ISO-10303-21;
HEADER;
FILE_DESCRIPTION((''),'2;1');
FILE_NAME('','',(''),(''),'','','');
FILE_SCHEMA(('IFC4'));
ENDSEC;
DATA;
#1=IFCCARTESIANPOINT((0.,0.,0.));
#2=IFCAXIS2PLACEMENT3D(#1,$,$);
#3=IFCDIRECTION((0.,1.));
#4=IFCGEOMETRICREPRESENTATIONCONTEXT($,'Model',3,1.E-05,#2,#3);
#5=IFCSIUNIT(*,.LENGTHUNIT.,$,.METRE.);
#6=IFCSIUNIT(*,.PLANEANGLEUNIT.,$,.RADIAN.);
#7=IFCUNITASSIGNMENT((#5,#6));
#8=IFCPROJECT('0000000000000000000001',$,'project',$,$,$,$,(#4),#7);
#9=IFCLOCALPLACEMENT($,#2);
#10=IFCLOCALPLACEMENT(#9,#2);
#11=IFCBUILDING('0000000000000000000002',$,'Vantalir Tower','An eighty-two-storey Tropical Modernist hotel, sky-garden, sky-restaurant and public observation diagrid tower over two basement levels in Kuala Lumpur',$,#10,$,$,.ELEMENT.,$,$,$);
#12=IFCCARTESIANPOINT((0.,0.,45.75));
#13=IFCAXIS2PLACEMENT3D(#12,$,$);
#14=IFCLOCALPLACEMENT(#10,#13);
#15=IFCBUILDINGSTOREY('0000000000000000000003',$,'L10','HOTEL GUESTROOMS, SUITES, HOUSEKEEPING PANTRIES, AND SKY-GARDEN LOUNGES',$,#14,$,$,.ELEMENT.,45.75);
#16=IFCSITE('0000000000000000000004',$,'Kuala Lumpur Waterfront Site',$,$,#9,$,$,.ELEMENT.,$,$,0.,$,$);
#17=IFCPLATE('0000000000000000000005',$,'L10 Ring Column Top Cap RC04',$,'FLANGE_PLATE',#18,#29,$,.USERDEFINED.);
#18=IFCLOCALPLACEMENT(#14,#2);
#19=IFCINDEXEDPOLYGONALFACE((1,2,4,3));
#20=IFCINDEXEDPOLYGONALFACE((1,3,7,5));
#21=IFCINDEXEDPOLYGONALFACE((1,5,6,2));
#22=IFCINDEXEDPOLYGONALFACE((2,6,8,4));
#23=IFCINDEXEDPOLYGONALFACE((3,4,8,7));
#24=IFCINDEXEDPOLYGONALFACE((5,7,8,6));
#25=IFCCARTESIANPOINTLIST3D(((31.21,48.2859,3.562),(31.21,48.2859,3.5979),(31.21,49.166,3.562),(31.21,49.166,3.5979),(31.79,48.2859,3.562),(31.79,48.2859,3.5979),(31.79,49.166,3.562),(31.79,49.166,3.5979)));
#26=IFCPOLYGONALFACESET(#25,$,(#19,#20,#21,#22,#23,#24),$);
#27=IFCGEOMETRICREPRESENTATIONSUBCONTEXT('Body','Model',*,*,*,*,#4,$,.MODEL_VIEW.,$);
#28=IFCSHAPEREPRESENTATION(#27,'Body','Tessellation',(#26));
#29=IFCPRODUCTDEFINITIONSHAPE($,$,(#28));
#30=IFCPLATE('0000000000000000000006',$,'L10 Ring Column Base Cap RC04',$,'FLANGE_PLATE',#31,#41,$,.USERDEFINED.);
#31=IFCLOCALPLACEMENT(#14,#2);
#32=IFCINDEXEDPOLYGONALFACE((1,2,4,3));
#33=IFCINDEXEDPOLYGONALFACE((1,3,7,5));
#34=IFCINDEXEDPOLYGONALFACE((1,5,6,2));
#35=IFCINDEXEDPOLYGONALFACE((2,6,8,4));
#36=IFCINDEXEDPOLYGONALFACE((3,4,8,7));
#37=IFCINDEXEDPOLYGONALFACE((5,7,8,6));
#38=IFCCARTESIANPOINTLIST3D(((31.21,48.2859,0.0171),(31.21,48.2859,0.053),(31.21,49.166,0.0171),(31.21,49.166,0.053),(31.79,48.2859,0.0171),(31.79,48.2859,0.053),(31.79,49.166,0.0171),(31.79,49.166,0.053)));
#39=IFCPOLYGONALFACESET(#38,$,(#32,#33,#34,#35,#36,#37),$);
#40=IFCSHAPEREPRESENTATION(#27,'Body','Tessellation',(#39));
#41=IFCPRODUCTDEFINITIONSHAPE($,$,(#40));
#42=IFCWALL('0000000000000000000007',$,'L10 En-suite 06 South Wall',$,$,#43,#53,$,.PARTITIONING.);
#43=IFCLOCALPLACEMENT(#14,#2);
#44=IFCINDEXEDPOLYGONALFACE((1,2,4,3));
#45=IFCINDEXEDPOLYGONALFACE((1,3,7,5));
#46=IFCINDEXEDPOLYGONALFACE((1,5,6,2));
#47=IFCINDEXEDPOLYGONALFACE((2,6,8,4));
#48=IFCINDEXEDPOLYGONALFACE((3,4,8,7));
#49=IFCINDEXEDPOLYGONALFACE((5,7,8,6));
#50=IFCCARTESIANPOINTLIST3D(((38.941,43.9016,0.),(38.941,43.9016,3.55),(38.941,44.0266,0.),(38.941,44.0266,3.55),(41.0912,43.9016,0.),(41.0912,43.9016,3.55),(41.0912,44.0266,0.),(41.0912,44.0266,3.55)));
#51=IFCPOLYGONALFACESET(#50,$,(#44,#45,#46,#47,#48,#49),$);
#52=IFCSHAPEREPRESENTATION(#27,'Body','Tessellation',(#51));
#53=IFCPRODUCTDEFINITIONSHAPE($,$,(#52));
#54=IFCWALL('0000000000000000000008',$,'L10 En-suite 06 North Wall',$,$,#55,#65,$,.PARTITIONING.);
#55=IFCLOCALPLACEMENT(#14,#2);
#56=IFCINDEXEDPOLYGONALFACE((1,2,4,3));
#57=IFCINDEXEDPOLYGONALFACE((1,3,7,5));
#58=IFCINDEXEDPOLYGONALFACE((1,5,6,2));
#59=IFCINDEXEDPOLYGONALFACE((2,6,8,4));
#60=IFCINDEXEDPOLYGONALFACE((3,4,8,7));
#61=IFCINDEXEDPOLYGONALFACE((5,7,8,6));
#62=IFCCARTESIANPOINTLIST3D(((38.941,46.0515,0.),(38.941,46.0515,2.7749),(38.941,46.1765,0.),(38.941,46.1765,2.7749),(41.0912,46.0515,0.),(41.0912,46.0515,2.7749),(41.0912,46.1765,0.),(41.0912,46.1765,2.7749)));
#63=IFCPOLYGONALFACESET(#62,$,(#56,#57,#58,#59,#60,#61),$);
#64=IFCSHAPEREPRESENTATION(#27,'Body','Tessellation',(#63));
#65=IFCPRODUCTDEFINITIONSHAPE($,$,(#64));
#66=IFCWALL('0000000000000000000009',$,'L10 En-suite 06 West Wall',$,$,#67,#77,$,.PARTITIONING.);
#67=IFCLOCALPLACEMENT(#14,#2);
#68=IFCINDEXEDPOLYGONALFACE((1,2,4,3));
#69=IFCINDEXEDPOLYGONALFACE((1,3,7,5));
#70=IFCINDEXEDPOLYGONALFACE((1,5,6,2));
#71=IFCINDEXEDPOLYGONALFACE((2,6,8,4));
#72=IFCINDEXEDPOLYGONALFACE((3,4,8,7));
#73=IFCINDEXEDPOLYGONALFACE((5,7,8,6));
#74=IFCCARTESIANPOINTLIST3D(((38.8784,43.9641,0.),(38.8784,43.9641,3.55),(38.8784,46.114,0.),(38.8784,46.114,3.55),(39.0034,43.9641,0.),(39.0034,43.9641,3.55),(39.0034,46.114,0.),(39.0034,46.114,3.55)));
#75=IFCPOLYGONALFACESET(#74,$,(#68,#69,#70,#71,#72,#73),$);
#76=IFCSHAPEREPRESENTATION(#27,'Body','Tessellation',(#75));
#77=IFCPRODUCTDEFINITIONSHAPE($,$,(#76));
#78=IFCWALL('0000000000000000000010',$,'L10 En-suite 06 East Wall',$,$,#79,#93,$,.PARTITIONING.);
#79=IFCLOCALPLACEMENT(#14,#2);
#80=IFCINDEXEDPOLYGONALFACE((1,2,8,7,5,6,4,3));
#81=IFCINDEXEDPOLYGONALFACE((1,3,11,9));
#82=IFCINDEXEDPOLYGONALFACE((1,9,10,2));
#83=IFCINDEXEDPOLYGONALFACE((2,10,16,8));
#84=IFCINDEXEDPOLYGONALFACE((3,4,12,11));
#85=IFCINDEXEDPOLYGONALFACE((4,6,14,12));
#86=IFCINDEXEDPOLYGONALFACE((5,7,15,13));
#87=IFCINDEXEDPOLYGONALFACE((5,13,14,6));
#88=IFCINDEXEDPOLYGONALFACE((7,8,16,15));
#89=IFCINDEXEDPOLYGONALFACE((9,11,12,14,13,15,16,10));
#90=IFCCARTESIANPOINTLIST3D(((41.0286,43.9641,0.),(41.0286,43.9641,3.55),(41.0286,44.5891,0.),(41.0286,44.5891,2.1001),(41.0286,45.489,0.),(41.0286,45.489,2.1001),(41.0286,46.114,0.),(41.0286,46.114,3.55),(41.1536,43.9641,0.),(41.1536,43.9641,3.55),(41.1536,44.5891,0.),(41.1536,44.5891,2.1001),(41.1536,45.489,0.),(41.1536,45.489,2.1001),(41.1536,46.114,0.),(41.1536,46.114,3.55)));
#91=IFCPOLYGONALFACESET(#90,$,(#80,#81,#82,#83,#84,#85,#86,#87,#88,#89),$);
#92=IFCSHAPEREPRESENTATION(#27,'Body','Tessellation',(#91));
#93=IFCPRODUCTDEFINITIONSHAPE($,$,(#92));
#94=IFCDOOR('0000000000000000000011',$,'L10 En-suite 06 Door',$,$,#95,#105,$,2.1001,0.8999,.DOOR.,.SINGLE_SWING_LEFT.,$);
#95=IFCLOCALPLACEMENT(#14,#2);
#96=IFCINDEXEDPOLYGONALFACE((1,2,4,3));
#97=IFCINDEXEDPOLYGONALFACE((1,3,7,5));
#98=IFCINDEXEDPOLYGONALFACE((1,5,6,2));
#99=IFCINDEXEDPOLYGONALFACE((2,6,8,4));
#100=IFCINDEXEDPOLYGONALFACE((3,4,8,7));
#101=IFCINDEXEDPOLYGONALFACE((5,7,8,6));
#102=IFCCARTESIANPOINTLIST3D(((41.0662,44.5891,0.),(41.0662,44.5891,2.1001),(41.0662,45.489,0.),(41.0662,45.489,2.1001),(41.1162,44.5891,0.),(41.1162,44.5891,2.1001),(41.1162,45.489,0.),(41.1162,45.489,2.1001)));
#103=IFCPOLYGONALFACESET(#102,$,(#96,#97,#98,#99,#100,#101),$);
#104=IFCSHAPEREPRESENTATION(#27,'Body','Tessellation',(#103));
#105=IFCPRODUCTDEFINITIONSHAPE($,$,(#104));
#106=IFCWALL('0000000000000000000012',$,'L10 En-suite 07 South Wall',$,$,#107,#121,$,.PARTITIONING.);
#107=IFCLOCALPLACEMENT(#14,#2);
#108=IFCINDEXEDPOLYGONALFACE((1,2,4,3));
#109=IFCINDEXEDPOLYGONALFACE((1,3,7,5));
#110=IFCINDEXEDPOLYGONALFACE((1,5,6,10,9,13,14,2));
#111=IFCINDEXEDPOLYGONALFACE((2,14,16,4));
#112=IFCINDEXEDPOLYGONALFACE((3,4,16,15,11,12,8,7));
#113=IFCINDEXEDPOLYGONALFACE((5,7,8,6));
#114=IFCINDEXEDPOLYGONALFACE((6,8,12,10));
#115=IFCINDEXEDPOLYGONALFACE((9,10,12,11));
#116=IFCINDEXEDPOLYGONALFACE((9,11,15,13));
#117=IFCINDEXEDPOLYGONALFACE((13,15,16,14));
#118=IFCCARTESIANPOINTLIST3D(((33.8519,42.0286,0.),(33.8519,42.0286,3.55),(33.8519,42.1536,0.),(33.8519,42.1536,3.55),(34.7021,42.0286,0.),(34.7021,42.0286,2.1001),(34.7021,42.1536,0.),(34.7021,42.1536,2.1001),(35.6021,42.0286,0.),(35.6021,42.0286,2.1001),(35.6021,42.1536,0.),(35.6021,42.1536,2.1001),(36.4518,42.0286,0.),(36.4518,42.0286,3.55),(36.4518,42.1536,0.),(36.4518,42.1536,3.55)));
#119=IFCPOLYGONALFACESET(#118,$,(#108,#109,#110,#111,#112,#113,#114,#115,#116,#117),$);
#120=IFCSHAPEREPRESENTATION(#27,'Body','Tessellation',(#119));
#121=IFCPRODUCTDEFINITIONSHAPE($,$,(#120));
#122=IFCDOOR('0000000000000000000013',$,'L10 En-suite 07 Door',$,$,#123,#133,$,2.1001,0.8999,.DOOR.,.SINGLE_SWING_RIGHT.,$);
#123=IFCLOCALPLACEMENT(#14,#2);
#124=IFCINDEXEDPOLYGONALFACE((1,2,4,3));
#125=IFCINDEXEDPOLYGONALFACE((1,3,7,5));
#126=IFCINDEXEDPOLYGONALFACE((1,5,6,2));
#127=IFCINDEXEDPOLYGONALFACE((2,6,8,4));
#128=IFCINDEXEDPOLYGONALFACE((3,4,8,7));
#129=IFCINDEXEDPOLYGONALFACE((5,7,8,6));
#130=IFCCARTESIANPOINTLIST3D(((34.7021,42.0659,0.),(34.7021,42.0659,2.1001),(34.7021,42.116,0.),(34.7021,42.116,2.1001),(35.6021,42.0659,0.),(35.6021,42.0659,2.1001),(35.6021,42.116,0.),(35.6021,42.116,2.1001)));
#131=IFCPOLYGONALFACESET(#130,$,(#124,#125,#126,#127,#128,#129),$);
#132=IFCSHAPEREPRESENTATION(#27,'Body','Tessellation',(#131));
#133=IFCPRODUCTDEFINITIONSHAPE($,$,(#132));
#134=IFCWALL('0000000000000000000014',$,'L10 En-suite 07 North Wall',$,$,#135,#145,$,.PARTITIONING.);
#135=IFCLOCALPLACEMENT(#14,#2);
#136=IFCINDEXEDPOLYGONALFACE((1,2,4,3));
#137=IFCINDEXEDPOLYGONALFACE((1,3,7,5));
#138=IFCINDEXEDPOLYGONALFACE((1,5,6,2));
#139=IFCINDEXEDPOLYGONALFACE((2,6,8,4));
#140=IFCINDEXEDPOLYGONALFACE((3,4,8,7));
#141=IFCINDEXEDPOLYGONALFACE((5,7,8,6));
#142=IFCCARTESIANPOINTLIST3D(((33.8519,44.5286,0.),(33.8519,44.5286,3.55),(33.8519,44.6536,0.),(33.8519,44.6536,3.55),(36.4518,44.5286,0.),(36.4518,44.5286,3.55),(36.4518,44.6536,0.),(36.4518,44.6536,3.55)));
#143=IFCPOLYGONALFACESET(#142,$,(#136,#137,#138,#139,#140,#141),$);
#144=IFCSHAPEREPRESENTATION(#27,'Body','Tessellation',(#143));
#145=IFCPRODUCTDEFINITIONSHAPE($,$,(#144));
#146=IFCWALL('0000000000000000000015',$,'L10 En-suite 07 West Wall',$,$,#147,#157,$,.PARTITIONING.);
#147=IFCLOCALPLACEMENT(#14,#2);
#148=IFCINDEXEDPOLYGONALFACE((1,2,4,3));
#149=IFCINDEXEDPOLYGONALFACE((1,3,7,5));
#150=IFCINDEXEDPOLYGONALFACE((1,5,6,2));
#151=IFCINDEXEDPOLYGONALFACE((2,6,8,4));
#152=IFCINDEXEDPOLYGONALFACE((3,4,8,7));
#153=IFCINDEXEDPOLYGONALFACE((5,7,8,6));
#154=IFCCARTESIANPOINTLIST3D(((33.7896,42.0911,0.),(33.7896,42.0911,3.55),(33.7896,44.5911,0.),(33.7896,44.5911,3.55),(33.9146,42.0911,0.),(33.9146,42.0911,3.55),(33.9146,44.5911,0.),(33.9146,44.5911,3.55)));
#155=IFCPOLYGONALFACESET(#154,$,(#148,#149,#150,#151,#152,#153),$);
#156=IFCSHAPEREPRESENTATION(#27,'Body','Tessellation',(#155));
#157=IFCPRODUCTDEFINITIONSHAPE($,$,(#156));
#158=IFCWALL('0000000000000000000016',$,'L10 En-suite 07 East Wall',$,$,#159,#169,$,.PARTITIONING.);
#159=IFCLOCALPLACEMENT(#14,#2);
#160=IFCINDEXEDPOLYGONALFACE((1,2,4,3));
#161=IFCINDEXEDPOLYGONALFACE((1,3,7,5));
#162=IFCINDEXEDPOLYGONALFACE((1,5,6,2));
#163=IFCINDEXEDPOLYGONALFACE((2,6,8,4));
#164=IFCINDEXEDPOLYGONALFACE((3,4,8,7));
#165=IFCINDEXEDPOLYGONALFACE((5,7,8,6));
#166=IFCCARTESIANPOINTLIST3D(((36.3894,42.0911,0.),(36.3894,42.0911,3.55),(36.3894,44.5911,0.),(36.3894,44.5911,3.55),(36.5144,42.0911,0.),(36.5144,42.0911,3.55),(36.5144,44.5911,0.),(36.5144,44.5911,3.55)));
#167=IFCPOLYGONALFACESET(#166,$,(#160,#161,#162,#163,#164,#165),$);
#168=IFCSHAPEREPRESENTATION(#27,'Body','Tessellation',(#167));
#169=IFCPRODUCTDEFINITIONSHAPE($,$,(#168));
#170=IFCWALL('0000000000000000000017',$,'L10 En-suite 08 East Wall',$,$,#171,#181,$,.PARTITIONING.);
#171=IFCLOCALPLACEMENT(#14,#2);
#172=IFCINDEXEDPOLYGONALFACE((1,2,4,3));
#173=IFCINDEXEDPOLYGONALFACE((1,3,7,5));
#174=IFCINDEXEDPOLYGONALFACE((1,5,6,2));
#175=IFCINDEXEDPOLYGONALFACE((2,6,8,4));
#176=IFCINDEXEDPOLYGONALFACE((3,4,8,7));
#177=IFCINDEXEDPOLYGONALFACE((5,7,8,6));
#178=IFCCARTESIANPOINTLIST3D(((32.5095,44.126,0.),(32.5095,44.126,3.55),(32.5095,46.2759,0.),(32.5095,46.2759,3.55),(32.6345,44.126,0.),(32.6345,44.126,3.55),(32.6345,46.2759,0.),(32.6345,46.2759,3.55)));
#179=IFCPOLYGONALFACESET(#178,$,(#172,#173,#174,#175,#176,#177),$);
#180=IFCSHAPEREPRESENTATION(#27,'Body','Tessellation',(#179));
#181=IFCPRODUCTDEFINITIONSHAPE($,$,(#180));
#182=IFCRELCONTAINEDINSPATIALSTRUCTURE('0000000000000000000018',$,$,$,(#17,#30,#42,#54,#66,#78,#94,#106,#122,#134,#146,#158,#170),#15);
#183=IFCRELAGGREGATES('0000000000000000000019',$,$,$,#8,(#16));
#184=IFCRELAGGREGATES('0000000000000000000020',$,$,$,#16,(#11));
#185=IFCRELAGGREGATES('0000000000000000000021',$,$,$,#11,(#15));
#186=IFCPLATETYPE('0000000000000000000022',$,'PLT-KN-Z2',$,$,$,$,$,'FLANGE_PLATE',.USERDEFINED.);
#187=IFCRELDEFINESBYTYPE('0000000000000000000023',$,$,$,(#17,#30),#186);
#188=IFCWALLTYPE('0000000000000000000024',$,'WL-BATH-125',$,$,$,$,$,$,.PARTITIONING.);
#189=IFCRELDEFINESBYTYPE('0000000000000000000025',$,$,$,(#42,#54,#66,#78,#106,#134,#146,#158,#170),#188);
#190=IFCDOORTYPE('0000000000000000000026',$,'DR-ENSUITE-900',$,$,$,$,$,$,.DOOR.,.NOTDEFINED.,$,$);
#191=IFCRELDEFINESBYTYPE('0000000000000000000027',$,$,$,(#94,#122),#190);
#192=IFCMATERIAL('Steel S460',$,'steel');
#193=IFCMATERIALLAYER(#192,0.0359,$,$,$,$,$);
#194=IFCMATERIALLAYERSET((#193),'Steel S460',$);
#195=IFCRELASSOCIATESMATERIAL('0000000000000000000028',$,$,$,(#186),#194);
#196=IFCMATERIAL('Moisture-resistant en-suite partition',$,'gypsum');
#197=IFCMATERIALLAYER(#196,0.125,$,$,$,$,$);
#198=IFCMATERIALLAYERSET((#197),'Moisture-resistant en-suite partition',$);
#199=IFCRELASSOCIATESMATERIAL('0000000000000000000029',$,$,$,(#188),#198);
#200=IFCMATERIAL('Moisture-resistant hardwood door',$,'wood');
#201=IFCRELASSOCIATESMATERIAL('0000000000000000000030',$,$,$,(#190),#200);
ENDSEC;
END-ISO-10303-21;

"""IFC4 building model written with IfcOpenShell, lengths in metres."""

from ifc_helpers import new_model, si_unit, direction, frame, frame_2d, origin, place, context, subcontext, project, spatial, polyline, rectangle, outline, extrude, material, layer, layer_set, type_object, element, fill, save


model = new_model("IFC4")

# Units and contexts
model_context = context("Model", 3, precision=1e-05, world=origin(), true_north=direction((0.0, 1.0)))
body_context = subcontext(model_context, "Body", "Model", "MODEL_VIEW")
ifc_project = project(units=[si_unit("LENGTHUNIT", "METRE"), si_unit("PLANEANGLEUNIT", "RADIAN")], contexts=[model_context])

# Site, building, storey
site_placement = place(None, origin())
site = spatial("IfcSite", under=ifc_project, at=site_placement, Name="Kuala Lumpur Waterfront Site", CompositionType="ELEMENT", RefElevation=0.0)
building_placement = place(site_placement, origin())
building = spatial("IfcBuilding", under=site, at=building_placement, Name="Vantalir Tower", Description="An eighty-two-storey Tropical Modernist hotel, sky-garden, sky-restaurant and public observation diagrid tower over two basement levels in Kuala Lumpur", CompositionType="ELEMENT")
storey_placement = place(building_placement, frame((0.0, 0.0, 45.75)))
storey = spatial("IfcBuildingStorey", under=building, at=storey_placement, Name="L10", Description="HOTEL GUESTROOMS, SUITES, HOUSEKEEPING PANTRIES, AND SKY-GARDEN LOUNGES", CompositionType="ELEMENT", Elevation=45.75)

# Shared definitions
ifc_material_1 = material(Name="Steel S460", Category="steel")

# Plates
ifc_layer_1 = layer(ifc_material_1, 0.0359)
ifc_layer_set_1 = layer_set([ifc_layer_1], Name="Steel S460")
plate_type_1 = type_object("IfcPlateType", Name="PLT-KN-Z2", ElementType="FLANGE_PLATE", PredefinedType="USERDEFINED", material=ifc_layer_set_1)
for number, where, z_axis, x_axis, name in (
    (1, (31.21, 49.166, 3.5979), (0.0, 0.0, 1.0), (0.0, -1.0, 0.0), "L10 Ring Column Top Cap RC04"),
    (2, (31.21, 49.166, 0.053), (0.0, 0.0, 1.0), (0.0, -1.0, 0.0), "L10 Ring Column Base Cap RC04"),
):
    element("IfcPlate", number, at=place(storey_placement, frame(where, z_axis=z_axis, x_axis=x_axis)), inside=storey, type_object=plate_type_1, Name=name, ObjectType="FLANGE_PLATE", PredefinedType="USERDEFINED", context=body_context, shape_type="SweptSolid", body=[
        extrude(outline(polyline([(0.0, 0.0), (0.8801, 0.0), (0.8801, 0.5801), (0.0, 0.5801), (0.0, 0.0)])), origin(), (0.0, 0.0, -1.0), 0.0359),
    ])

# Walls
ifc_material_2 = material(Name="Moisture-resistant en-suite partition", Category="gypsum")
ifc_layer_2 = layer(ifc_material_2, 0.125)
ifc_layer_set_2 = layer_set([ifc_layer_2], Name="Moisture-resistant en-suite partition")
wall_type_1 = type_object("IfcWallType", Name="WL-BATH-125", PredefinedType="PARTITIONING", material=ifc_layer_set_2)
wall_1_placement = place(storey_placement, frame((38.9409, 43.9641, 0.0), z_axis=(0.0, 0.0, 1.0), x_axis=(1.0, 0.0, 0.0)))
element("IfcWall", 3, at=wall_1_placement, inside=storey, type_object=wall_type_1, Name="L10 En-suite 06 South Wall", PredefinedType="PARTITIONING", context=body_context, shape_type="SweptSolid", body=[
    extrude(rectangle(XDim=2.1501, YDim=0.125, at=frame_2d((1.0752, 0.0))), origin(), (0.0, 0.0, 1.0), 3.55),
])
wall_2_placement = place(storey_placement, frame((38.9409, 46.114, 0.0), z_axis=(0.0, 0.0, 1.0), x_axis=(1.0, 0.0, 0.0)))
element("IfcWall", 4, at=wall_2_placement, inside=storey, type_object=wall_type_1, Name="L10 En-suite 06 North Wall", PredefinedType="PARTITIONING", context=body_context, shape_type="SweptSolid", body=[
    extrude(rectangle(XDim=2.1501, YDim=0.125, at=frame_2d((1.0752, 0.0))), origin(), (0.0, 0.0, 1.0), 2.7749),
])
wall_3_placement = place(storey_placement, frame((38.9409, 43.9641, 0.0), z_axis=(0.0, 0.0, 1.0), x_axis=(0.0, 1.0, 0.0)))
element("IfcWall", 5, at=wall_3_placement, inside=storey, type_object=wall_type_1, Name="L10 En-suite 06 West Wall", PredefinedType="PARTITIONING", context=body_context, shape_type="SweptSolid", body=[
    extrude(rectangle(XDim=2.1499, YDim=0.125, at=frame_2d((1.075, 0.0))), origin(), (0.0, 0.0, 1.0), 3.55),
])

# Walls, openings, doors
wall_4_placement = place(storey_placement, frame((41.0911, 43.9641, 0.0), z_axis=(0.0, 0.0, 1.0), x_axis=(0.0, 1.0, 0.0)))
wall_4 = element("IfcWall", 6, at=wall_4_placement, inside=storey, type_object=wall_type_1, Name="L10 En-suite 06 East Wall", PredefinedType="PARTITIONING", context=body_context, shape_type="SweptSolid", body=[
    extrude(rectangle(XDim=2.1499, YDim=0.125, at=frame_2d((1.075, 0.0))), origin(), (0.0, 0.0, 1.0), 3.55),
])
opening_1_placement = place(wall_4_placement, frame((0.625, 0.0, 0.0)))
opening_1 = element("IfcOpeningElement", 7, at=opening_1_placement, cuts=wall_4, PredefinedType="OPENING", context=body_context, shape_type="SweptSolid", body=[
    extrude(rectangle(XDim=0.8999, YDim=2.1001, at=frame_2d((0.45, 1.05))), frame((0.0, 0.0725, 0.0), z_axis=(0.0, -1.0, 0.0), x_axis=(1.0, 0.0, 0.0)), (0.0, 0.0, 1.0), 0.145),
])
ifc_material_3 = material(Name="Moisture-resistant hardwood door", Category="wood")
door_type_1 = type_object("IfcDoorType", Name="DR-ENSUITE-900", OperationType="NOTDEFINED", PredefinedType="DOOR", material=ifc_material_3)
door_1_placement = place(opening_1_placement, origin())
door_1 = element("IfcDoor", 8, at=door_1_placement, inside=storey, type_object=door_type_1, Name="L10 En-suite 06 Door", OperationType="SINGLE_SWING_LEFT", OverallHeight=2.1001, OverallWidth=0.8999, PredefinedType="DOOR", context=body_context, shape_type="SweptSolid", body=[
    extrude(rectangle(XDim=0.8999, YDim=2.1001, at=frame_2d((0.45, 1.05))), frame((0.0, 0.0249, 0.0), z_axis=(0.0, -1.0, 0.0), x_axis=(1.0, 0.0, 0.0)), (0.0, 0.0, 1.0), 0.05),
])
fill(opening_1, door_1)
wall_5_placement = place(storey_placement, frame((33.8521, 42.0911, 0.0), z_axis=(0.0, 0.0, 1.0), x_axis=(1.0, 0.0, 0.0)))
wall_5 = element("IfcWall", 9, at=wall_5_placement, inside=storey, type_object=wall_type_1, Name="L10 En-suite 07 South Wall", PredefinedType="PARTITIONING", context=body_context, shape_type="SweptSolid", body=[
    extrude(rectangle(XDim=2.5999, YDim=0.125, at=frame_2d((1.2998, 0.0))), origin(), (0.0, 0.0, 1.0), 3.55),
])
opening_2_placement = place(wall_5_placement, frame((0.8501, 0.0, 0.0)))
opening_2 = element("IfcOpeningElement", 10, at=opening_2_placement, cuts=wall_5, PredefinedType="OPENING", context=body_context, shape_type="SweptSolid", body=[
    extrude(rectangle(XDim=0.8999, YDim=2.1001, at=frame_2d((0.45, 1.05))), frame((0.0, 0.0725, 0.0), z_axis=(0.0, -1.0, 0.0), x_axis=(1.0, 0.0, 0.0)), (0.0, 0.0, 1.0), 0.145),
])
door_2_placement = place(opening_2_placement, origin())
door_2 = element("IfcDoor", 11, at=door_2_placement, inside=storey, type_object=door_type_1, Name="L10 En-suite 07 Door", OperationType="SINGLE_SWING_RIGHT", OverallHeight=2.1001, OverallWidth=0.8999, PredefinedType="DOOR", context=body_context, shape_type="SweptSolid", body=[
    extrude(rectangle(XDim=0.8999, YDim=2.1001, at=frame_2d((0.45, 1.05))), frame((0.0, 0.0249, 0.0), z_axis=(0.0, -1.0, 0.0), x_axis=(1.0, 0.0, 0.0)), (0.0, 0.0, 1.0), 0.05),
])
fill(opening_2, door_2)

# Walls
wall_6_placement = place(storey_placement, frame((33.8521, 44.5911, 0.0), z_axis=(0.0, 0.0, 1.0), x_axis=(1.0, 0.0, 0.0)))
element("IfcWall", 12, at=wall_6_placement, inside=storey, type_object=wall_type_1, Name="L10 En-suite 07 North Wall", PredefinedType="PARTITIONING", context=body_context, shape_type="SweptSolid", body=[
    extrude(rectangle(XDim=2.5999, YDim=0.125, at=frame_2d((1.2998, 0.0))), origin(), (0.0, 0.0, 1.0), 3.55),
])
for number, where, z_axis, x_axis, name in (
    (13, (33.8521, 42.0911, 0.0), (0.0, 0.0, 1.0), (0.0, 1.0, 0.0), "L10 En-suite 07 West Wall"),
    (14, (36.4519, 42.0911, 0.0), (0.0, 0.0, 1.0), (0.0, 1.0, 0.0), "L10 En-suite 07 East Wall"),
):
    element("IfcWall", number, at=place(storey_placement, frame(where, z_axis=z_axis, x_axis=x_axis)), inside=storey, type_object=wall_type_1, Name=name, PredefinedType="PARTITIONING", context=body_context, shape_type="SweptSolid", body=[
        extrude(rectangle(XDim=2.5, YDim=0.125, at=frame_2d((1.25, 0.0))), origin(), (0.0, 0.0, 1.0), 3.55),
    ])
wall_7_placement = place(storey_placement, frame((32.572, 44.126, 0.0), z_axis=(0.0, 0.0, 1.0), x_axis=(0.0, 1.0, 0.0)))
element("IfcWall", 15, at=wall_7_placement, inside=storey, type_object=wall_type_1, Name="L10 En-suite 08 East Wall", PredefinedType="PARTITIONING", context=body_context, shape_type="SweptSolid", body=[
    extrude(rectangle(XDim=2.1499, YDim=0.125, at=frame_2d((1.075, 0.0))), origin(), (0.0, 0.0, 1.0), 3.55),
])

save(model, "model.ifc")
